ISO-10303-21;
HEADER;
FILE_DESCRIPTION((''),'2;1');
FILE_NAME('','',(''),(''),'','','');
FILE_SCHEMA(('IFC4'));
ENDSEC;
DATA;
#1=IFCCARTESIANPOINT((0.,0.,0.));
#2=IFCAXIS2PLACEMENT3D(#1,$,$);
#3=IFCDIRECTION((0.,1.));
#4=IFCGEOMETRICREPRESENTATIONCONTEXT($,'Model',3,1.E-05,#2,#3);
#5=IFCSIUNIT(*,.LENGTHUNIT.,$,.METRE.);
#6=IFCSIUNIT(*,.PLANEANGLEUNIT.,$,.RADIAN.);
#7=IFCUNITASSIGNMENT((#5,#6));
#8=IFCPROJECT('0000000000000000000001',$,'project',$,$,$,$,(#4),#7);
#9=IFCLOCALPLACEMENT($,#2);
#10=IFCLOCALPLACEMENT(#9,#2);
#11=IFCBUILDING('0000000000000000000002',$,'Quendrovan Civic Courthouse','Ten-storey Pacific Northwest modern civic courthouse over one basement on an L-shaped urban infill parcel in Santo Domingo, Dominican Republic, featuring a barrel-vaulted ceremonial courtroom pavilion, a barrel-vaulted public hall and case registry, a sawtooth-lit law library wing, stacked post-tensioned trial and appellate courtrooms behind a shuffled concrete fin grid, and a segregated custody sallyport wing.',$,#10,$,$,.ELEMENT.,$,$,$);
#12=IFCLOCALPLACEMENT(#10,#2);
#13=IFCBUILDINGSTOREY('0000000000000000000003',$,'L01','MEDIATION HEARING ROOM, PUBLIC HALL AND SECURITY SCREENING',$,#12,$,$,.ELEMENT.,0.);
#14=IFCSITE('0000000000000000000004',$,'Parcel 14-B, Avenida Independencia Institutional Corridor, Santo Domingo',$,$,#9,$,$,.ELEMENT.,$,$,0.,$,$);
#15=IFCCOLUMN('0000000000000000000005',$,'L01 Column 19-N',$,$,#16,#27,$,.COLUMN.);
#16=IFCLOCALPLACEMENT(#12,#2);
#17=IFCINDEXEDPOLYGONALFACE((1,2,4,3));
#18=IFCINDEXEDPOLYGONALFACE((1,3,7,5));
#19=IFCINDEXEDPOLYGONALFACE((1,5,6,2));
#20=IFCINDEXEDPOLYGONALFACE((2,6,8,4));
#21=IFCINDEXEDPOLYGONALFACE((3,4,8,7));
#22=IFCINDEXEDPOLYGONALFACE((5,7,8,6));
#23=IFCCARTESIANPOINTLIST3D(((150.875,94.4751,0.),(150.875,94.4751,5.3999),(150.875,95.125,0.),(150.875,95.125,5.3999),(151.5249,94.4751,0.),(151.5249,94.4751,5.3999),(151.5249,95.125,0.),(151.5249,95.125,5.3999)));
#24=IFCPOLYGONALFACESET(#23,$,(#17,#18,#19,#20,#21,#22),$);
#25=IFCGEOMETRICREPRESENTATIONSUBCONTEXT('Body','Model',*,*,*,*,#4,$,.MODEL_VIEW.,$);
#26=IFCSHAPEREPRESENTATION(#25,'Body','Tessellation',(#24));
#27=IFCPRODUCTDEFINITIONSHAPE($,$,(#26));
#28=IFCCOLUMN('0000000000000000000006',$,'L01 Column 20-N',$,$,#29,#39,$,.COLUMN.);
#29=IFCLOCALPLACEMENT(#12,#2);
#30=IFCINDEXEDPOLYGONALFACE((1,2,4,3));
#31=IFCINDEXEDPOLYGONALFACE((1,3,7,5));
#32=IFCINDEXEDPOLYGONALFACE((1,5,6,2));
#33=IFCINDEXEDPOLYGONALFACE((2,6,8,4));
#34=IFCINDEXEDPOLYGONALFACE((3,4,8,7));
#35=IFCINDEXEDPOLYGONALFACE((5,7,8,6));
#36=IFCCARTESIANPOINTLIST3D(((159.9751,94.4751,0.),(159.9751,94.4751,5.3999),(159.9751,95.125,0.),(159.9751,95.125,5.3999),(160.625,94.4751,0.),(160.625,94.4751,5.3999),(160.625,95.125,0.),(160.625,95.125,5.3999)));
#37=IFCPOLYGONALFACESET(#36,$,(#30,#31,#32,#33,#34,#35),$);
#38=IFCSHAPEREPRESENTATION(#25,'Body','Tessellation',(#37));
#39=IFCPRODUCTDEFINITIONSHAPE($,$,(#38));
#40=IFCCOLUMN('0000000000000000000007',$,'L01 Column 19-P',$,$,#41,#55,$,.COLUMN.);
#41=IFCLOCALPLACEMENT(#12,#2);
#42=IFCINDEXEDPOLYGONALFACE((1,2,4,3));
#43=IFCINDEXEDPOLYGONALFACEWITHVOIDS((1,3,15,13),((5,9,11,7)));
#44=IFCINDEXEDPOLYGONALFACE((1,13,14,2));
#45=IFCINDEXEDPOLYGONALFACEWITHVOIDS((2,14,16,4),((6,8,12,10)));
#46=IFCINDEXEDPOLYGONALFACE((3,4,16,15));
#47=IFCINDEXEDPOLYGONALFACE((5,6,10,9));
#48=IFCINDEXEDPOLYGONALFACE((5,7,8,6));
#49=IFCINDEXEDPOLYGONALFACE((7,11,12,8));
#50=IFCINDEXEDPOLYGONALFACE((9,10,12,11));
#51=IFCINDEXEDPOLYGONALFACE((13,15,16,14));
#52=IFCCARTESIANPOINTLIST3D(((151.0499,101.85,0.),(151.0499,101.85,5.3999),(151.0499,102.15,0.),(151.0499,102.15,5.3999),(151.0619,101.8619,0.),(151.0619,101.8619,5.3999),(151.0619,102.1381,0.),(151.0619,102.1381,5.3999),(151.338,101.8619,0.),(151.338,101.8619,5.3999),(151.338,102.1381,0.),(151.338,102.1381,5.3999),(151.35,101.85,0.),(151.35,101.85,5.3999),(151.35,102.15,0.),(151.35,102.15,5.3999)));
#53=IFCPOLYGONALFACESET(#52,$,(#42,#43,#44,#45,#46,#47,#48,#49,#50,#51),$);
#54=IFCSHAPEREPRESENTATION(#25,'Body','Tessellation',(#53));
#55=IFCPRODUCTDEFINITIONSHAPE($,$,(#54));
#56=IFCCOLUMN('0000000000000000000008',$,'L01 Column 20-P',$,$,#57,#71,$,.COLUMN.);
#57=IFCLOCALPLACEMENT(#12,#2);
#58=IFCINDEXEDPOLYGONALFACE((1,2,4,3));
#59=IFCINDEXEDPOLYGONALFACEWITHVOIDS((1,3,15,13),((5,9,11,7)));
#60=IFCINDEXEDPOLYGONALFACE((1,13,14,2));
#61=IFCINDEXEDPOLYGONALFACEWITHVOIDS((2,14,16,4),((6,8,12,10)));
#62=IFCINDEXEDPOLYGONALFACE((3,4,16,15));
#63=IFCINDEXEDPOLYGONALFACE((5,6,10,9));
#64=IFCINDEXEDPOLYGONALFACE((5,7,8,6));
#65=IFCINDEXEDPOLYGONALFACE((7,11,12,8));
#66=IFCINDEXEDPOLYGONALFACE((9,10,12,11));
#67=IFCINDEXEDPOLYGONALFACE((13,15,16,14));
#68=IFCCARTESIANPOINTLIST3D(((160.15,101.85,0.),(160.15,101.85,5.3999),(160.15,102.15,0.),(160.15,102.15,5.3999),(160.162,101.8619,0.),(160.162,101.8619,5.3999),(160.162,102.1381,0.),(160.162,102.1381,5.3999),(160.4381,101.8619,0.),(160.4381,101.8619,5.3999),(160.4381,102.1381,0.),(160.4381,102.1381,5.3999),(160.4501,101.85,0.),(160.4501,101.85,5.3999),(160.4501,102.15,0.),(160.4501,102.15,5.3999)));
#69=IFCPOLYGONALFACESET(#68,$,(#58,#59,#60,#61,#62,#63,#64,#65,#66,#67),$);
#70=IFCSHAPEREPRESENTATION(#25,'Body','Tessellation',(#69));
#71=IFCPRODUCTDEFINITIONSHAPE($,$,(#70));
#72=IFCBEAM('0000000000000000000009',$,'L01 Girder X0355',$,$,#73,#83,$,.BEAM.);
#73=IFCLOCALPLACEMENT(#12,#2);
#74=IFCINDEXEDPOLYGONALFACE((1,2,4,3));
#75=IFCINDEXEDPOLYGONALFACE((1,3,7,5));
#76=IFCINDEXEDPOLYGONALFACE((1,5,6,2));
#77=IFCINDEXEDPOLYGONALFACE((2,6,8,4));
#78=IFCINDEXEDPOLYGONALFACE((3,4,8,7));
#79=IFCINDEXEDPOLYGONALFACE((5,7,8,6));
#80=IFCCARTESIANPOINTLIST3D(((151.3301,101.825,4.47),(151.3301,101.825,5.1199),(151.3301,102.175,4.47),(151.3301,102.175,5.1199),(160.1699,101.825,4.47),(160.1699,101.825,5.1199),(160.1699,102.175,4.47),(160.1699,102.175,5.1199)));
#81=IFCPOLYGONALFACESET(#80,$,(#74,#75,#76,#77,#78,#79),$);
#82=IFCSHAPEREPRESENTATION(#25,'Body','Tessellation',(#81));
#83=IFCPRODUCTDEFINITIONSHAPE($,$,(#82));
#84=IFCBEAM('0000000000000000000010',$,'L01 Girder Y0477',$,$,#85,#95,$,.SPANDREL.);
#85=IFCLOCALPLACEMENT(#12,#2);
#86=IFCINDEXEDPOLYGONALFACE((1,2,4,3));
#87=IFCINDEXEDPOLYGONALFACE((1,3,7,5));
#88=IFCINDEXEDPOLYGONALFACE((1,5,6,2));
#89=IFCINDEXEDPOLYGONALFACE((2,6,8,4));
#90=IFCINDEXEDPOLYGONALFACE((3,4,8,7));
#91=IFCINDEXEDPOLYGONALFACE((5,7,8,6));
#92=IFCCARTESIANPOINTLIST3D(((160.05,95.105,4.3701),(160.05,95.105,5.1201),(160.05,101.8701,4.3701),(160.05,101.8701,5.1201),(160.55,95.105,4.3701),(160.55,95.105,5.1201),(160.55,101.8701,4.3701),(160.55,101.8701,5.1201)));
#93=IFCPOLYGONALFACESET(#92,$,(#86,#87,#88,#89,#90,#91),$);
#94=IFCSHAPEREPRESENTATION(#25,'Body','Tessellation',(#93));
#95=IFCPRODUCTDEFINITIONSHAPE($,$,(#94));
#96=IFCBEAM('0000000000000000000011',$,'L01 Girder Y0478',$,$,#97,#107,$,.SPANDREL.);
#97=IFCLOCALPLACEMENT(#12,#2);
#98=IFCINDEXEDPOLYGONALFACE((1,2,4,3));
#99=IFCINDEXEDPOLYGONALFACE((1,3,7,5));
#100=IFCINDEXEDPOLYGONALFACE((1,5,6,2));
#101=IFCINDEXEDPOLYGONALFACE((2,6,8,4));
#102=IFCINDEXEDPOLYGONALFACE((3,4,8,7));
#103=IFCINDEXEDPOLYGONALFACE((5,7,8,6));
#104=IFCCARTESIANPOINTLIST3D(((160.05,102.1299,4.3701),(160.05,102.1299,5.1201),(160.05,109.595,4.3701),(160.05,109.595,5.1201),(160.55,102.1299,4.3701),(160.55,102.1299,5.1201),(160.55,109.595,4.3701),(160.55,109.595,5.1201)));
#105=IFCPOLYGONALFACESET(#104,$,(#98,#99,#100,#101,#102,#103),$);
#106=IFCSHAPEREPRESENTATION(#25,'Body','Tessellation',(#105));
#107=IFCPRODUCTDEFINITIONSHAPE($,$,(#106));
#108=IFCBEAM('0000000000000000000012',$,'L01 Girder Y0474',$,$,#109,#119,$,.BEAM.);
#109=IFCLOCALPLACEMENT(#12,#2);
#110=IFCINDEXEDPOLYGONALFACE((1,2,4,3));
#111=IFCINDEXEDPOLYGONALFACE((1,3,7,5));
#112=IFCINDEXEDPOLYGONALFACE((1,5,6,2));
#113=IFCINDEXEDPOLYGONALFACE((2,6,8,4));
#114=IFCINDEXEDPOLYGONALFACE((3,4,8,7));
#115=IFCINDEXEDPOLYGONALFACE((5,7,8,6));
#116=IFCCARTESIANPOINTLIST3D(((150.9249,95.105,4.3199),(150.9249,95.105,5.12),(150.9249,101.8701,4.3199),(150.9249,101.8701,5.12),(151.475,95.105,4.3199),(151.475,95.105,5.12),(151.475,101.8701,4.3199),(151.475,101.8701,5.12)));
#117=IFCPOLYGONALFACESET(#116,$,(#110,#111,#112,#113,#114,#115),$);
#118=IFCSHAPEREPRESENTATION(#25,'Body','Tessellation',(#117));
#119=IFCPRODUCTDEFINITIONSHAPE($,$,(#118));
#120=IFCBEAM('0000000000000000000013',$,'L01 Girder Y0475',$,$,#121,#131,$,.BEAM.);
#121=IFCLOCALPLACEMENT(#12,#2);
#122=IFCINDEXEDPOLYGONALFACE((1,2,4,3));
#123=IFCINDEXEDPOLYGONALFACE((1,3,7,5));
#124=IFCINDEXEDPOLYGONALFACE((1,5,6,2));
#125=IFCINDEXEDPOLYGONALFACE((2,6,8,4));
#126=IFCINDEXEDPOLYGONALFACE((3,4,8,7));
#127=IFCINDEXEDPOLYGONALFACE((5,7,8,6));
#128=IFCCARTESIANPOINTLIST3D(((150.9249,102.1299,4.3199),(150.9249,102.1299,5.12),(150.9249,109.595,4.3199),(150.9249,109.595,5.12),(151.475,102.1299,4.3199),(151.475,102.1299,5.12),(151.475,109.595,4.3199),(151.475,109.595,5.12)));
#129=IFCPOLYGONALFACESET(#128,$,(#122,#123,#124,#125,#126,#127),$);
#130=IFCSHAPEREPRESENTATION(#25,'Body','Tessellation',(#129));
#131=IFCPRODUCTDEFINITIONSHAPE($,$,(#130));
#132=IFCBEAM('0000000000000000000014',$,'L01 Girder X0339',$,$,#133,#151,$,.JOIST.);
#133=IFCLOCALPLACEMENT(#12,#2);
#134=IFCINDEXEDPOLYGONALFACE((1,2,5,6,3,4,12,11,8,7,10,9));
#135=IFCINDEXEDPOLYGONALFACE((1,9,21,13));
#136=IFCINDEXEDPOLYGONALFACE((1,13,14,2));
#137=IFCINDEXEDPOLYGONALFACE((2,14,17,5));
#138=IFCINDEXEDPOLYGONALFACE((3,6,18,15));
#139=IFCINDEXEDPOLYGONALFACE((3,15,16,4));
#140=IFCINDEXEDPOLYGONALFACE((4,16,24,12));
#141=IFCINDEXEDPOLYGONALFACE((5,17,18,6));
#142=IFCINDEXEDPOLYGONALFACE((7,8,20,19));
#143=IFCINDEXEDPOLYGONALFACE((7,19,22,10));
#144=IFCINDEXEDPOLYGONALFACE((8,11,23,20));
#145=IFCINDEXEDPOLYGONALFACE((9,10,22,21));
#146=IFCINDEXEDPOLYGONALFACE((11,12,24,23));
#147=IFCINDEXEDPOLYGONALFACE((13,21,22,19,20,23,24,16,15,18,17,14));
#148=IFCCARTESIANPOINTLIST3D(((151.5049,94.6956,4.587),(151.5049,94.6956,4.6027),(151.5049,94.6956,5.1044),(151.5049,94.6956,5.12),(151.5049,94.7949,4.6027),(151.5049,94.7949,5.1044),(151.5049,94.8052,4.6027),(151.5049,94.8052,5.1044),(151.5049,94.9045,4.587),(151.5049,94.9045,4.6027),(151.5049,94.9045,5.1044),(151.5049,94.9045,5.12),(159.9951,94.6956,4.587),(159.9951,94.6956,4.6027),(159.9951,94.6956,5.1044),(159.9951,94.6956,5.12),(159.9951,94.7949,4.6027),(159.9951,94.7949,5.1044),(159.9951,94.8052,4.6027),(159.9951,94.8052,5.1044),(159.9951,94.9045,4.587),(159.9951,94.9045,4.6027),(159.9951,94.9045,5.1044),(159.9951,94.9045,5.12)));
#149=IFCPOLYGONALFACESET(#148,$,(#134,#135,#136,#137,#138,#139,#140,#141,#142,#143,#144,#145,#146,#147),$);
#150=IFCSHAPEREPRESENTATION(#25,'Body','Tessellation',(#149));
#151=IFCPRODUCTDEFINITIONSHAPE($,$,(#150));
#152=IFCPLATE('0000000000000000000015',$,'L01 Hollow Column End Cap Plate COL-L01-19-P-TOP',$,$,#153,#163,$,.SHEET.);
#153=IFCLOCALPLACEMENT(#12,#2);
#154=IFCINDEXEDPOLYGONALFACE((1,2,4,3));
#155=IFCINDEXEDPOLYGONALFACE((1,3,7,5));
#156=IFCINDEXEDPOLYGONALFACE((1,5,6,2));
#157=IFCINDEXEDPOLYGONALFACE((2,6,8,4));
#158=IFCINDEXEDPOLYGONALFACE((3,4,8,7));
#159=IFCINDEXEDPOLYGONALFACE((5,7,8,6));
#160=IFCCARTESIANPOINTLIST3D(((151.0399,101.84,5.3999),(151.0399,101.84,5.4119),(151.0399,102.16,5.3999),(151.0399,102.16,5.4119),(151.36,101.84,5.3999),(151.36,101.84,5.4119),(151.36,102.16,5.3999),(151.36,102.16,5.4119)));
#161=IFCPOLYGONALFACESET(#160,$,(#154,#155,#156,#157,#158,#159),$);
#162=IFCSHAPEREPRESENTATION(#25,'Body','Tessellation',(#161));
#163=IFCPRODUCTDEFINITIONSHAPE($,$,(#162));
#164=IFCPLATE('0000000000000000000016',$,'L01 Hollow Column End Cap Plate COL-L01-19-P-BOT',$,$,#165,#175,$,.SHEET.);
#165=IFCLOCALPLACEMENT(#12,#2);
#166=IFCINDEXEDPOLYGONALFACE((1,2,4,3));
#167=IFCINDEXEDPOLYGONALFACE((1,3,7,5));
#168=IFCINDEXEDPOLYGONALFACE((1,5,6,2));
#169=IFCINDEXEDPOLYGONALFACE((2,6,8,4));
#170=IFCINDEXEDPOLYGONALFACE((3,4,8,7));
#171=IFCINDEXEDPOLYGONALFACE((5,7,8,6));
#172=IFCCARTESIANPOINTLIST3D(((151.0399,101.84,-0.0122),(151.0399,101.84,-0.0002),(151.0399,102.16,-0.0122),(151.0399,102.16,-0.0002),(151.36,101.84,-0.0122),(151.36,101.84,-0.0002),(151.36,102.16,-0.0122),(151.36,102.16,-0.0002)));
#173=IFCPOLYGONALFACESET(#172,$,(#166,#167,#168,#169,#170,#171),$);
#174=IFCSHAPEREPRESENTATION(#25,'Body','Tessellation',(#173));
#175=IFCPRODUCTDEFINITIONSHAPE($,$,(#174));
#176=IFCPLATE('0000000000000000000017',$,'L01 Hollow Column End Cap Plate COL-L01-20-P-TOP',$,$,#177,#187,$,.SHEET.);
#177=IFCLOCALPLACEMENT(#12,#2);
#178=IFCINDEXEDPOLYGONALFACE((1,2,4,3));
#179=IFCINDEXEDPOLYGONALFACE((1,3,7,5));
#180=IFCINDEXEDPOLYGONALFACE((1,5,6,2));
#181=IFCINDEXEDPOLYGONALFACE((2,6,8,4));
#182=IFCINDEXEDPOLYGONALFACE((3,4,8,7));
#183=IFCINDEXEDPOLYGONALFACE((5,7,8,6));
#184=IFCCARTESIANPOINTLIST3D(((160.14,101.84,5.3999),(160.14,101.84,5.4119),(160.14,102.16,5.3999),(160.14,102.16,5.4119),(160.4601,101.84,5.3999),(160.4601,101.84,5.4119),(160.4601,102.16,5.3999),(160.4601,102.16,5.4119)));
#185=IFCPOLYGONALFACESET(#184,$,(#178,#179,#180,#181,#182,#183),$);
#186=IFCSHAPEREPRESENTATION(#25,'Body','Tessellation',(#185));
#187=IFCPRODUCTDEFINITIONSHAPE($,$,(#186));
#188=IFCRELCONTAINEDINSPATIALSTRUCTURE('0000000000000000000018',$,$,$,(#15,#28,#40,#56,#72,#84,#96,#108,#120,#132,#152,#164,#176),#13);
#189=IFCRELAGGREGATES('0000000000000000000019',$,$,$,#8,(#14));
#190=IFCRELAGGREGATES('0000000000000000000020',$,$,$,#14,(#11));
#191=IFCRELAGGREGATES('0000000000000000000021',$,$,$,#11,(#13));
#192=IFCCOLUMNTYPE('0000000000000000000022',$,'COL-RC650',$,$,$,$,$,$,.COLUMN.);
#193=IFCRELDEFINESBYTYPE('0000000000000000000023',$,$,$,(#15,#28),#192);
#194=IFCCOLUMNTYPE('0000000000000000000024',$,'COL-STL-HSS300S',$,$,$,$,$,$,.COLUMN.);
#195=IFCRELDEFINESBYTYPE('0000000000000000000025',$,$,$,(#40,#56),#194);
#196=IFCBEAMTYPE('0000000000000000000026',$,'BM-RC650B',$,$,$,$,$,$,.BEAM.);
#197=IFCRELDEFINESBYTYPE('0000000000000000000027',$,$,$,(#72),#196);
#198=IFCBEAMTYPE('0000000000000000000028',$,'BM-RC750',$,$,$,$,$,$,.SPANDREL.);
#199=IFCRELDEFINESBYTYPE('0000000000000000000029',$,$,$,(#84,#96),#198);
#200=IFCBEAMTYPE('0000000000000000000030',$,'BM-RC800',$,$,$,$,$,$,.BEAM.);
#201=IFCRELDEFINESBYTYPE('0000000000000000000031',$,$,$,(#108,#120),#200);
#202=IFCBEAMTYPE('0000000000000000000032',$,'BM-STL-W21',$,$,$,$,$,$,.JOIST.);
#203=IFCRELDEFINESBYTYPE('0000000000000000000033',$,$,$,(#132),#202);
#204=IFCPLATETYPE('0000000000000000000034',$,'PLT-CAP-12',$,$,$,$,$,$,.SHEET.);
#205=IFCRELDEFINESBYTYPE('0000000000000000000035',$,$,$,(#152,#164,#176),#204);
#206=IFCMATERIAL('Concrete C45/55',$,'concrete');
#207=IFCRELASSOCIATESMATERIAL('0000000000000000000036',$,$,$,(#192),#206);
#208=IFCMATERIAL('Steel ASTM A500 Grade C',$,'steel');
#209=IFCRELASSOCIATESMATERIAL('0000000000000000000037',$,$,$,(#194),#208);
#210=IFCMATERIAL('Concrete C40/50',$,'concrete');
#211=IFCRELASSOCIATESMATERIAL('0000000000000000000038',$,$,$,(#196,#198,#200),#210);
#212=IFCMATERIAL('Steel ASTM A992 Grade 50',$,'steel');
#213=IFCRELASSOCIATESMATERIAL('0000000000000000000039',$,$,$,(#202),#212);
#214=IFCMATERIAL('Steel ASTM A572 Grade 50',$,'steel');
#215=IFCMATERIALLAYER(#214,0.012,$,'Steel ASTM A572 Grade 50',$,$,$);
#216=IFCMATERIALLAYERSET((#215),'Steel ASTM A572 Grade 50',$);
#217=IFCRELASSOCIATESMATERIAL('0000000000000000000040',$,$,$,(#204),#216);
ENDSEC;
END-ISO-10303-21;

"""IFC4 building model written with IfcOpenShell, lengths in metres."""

from ifc_helpers import new_model, si_unit, direction, frame, origin, origin_2d, place, context, subcontext, project, spatial, rectangle, hollow_rectangle, i_section, extrude, material, layer, layer_set, material_profile, profile_set, type_object, element, save


model = new_model("IFC4")

# Units and contexts
model_context = context("Model", 3, precision=1e-05, world=origin(), true_north=direction((0.0, 1.0)))
body_context = subcontext(model_context, "Body", "Model", "MODEL_VIEW")
ifc_project = project(units=[si_unit("LENGTHUNIT", "METRE"), si_unit("PLANEANGLEUNIT", "RADIAN")], contexts=[model_context])

# Site, building, storey
site_placement = place(None, origin())
site = spatial("IfcSite", under=ifc_project, at=site_placement, Name="Parcel 14-B, Avenida Independencia Institutional Corridor, Santo Domingo", CompositionType="ELEMENT", RefElevation=0.0)
building_placement = place(site_placement, origin())
building = spatial("IfcBuilding", under=site, at=building_placement, Name="Quendrovan Civic Courthouse", Description="Ten-storey Pacific Northwest modern civic courthouse over one basement on an L-shaped urban infill parcel in Santo Domingo, Dominican Republic, featuring a barrel-vaulted ceremonial courtroom pavilion, a barrel-vaulted public hall and case registry, a sawtooth-lit law library wing, stacked post-tensioned trial and appellate courtrooms behind a shuffled concrete fin grid, and a segregated custody sallyport wing.", CompositionType="ELEMENT")
storey_placement = place(building_placement, origin())
storey = spatial("IfcBuildingStorey", under=building, at=storey_placement, Name="L01", Description="MEDIATION HEARING ROOM, PUBLIC HALL AND SECURITY SCREENING", CompositionType="ELEMENT", Elevation=0.0)

# Columns
ifc_material_1 = material(Name="Concrete C45/55", Category="concrete")
ifc_material_profile_1 = material_profile(ifc_material_1, rectangle(XDim=0.6499, YDim=0.6499, at=origin_2d()), Name="RC-COL-650x650")
ifc_profile_set_1 = profile_set([ifc_material_profile_1], Name="Concrete C45/55")
column_type_1 = type_object("IfcColumnType", Name="COL-RC650", PredefinedType="COLUMN", material=ifc_profile_set_1)
for number, where, z_axis, x_axis, name in (
    (1, (151.2, 94.8, 0.0), (0.0, 0.0, 1.0), (1.0, 0.0, 0.0), "L01 Column 19-N"),
    (2, (160.3, 94.8, 0.0), (0.0, 0.0, 1.0), (1.0, 0.0, 0.0), "L01 Column 20-N"),
):
    element("IfcColumn", number, at=place(storey_placement, frame(where, z_axis=z_axis, x_axis=x_axis)), inside=storey, type_object=column_type_1, Name=name, PredefinedType="COLUMN", context=body_context, shape_type="SweptSolid", body=[
        extrude(rectangle(XDim=0.6499, YDim=0.6499, at=origin_2d()), origin(), (0.0, 0.0, 1.0), 5.3999),
    ])
ifc_material_2 = material(Name="Steel ASTM A500 Grade C", Category="steel")
ifc_material_profile_2 = material_profile(ifc_material_2, hollow_rectangle(XDim=0.3, YDim=0.3, WallThickness=0.012, at=origin_2d()), Name="HSS300x300x12")
ifc_profile_set_2 = profile_set([ifc_material_profile_2], Name="Steel ASTM A500 Grade C")
column_type_2 = type_object("IfcColumnType", Name="COL-STL-HSS300S", PredefinedType="COLUMN", material=ifc_profile_set_2)
for number, where, z_axis, x_axis, name in (
    (3, (151.2, 102.0, 0.0), (0.0, 0.0, 1.0), (1.0, 0.0, 0.0), "L01 Column 19-P"),
    (4, (160.3, 102.0, 0.0), (0.0, 0.0, 1.0), (1.0, 0.0, 0.0), "L01 Column 20-P"),
):
    element("IfcColumn", number, at=place(storey_placement, frame(where, z_axis=z_axis, x_axis=x_axis)), inside=storey, type_object=column_type_2, Name=name, PredefinedType="COLUMN", context=body_context, shape_type="SweptSolid", body=[
        extrude(hollow_rectangle(XDim=0.3, YDim=0.3, WallThickness=0.012, at=origin_2d()), origin(), (0.0, 0.0, 1.0), 5.3999),
    ])

# Beams
ifc_material_3 = material(Name="Concrete C40/50", Category="concrete")
ifc_material_profile_3 = material_profile(ifc_material_3, rectangle(XDim=0.3501, YDim=0.6499, at=origin_2d()), Name="RC-BM-350x650")
ifc_profile_set_3 = profile_set([ifc_material_profile_3], Name="Concrete C40/50")
beam_type_1 = type_object("IfcBeamType", Name="BM-RC650B", PredefinedType="BEAM", material=ifc_profile_set_3)
beam_1_placement = place(storey_placement, frame((151.3301, 102.0, 4.7949), z_axis=(1.0, 0.0, 0.0), x_axis=(0.0, 1.0, 0.0)))
element("IfcBeam", 5, at=beam_1_placement, inside=storey, type_object=beam_type_1, Name="L01 Girder X0355", PredefinedType="BEAM", context=body_context, shape_type="SweptSolid", body=[
    extrude(rectangle(XDim=0.3501, YDim=0.6499, at=origin_2d()), origin(), (0.0, 0.0, 1.0), 8.8398),
])
ifc_material_profile_4 = material_profile(ifc_material_3, rectangle(XDim=0.5, YDim=0.75, at=origin_2d()), Name="RC-BM-500x750")
ifc_profile_set_4 = profile_set([ifc_material_profile_4], Name="Concrete C40/50")
beam_type_2 = type_object("IfcBeamType", Name="BM-RC750", PredefinedType="SPANDREL", material=ifc_profile_set_4)
beam_2_placement = place(storey_placement, frame((160.3, 95.105, 4.7451), z_axis=(0.0, 1.0, 0.0), x_axis=(-1.0, 0.0, 0.0)))
element("IfcBeam", 6, at=beam_2_placement, inside=storey, type_object=beam_type_2, Name="L01 Girder Y0477", PredefinedType="SPANDREL", context=body_context, shape_type="SweptSolid", body=[
    extrude(rectangle(XDim=0.5, YDim=0.75, at=origin_2d()), origin(), (0.0, 0.0, 1.0), 6.7651),
])
beam_3_placement = place(storey_placement, frame((160.3, 102.1299, 4.7451), z_axis=(0.0, 1.0, 0.0), x_axis=(-1.0, 0.0, 0.0)))
element("IfcBeam", 7, at=beam_3_placement, inside=storey, type_object=beam_type_2, Name="L01 Girder Y0478", PredefinedType="SPANDREL", context=body_context, shape_type="SweptSolid", body=[
    extrude(rectangle(XDim=0.5, YDim=0.75, at=origin_2d()), origin(), (0.0, 0.0, 1.0), 7.4651),
])
ifc_material_profile_5 = material_profile(ifc_material_3, rectangle(XDim=0.55, YDim=0.8, at=origin_2d()), Name="RC-BM-550x800")
ifc_profile_set_5 = profile_set([ifc_material_profile_5], Name="Concrete C40/50")
beam_type_3 = type_object("IfcBeamType", Name="BM-RC800", PredefinedType="BEAM", material=ifc_profile_set_5)
beam_4_placement = place(storey_placement, frame((151.2, 95.105, 4.72), z_axis=(0.0, 1.0, 0.0), x_axis=(-1.0, 0.0, 0.0)))
element("IfcBeam", 8, at=beam_4_placement, inside=storey, type_object=beam_type_3, Name="L01 Girder Y0474", PredefinedType="BEAM", context=body_context, shape_type="SweptSolid", body=[
    extrude(rectangle(XDim=0.55, YDim=0.8, at=origin_2d()), origin(), (0.0, 0.0, 1.0), 6.7651),
])
beam_5_placement = place(storey_placement, frame((151.2, 102.1299, 4.72), z_axis=(0.0, 1.0, 0.0), x_axis=(-1.0, 0.0, 0.0)))
element("IfcBeam", 9, at=beam_5_placement, inside=storey, type_object=beam_type_3, Name="L01 Girder Y0475", PredefinedType="BEAM", context=body_context, shape_type="SweptSolid", body=[
    extrude(rectangle(XDim=0.55, YDim=0.8, at=origin_2d()), origin(), (0.0, 0.0, 1.0), 7.4651),
])
ifc_material_4 = material(Name="Steel ASTM A992 Grade 50", Category="steel")
ifc_material_profile_6 = material_profile(ifc_material_4, i_section(OverallWidth=0.209, OverallDepth=0.533, WebThickness=0.0103, FlangeThickness=0.0156, at=origin_2d()), Name="W21X62")
ifc_profile_set_6 = profile_set([ifc_material_profile_6], Name="Steel ASTM A992 Grade 50")
beam_type_4 = type_object("IfcBeamType", Name="BM-STL-W21", PredefinedType="JOIST", material=ifc_profile_set_6)
beam_6_placement = place(storey_placement, frame((151.5049, 94.8, 4.8535), z_axis=(1.0, 0.0, 0.0), x_axis=(0.0, 1.0, 0.0)))
element("IfcBeam", 10, at=beam_6_placement, inside=storey, type_object=beam_type_4, Name="L01 Girder X0339", PredefinedType="JOIST", context=body_context, shape_type="SweptSolid", body=[
    extrude(i_section(OverallWidth=0.209, OverallDepth=0.533, WebThickness=0.0103, FlangeThickness=0.0156, at=origin_2d()), origin(), (0.0, 0.0, 1.0), 8.4902),
])

# Plates
ifc_material_5 = material(Name="Steel ASTM A572 Grade 50", Category="steel")
ifc_layer_1 = layer(ifc_material_5, 0.012, Name="Steel ASTM A572 Grade 50")
ifc_layer_set_1 = layer_set([ifc_layer_1], Name="Steel ASTM A572 Grade 50")
plate_type = type_object("IfcPlateType", Name="PLT-CAP-12", PredefinedType="SHEET", material=ifc_layer_set_1)
for number, where, z_axis, x_axis, name in (
    (11, (151.2, 102.0, 5.3999), (0.0, 0.0, 1.0), (1.0, 0.0, 0.0), "L01 Hollow Column End Cap Plate COL-L01-19-P-TOP"),
    (12, (151.2, 102.0, -0.0122), (0.0, 0.0, 1.0), (1.0, 0.0, 0.0), "L01 Hollow Column End Cap Plate COL-L01-19-P-BOT"),
    (13, (160.3, 102.0, 5.3999), (0.0, 0.0, 1.0), (1.0, 0.0, 0.0), "L01 Hollow Column End Cap Plate COL-L01-20-P-TOP"),
):
    element("IfcPlate", number, at=place(storey_placement, frame(where, z_axis=z_axis, x_axis=x_axis)), inside=storey, type_object=plate_type, Name=name, PredefinedType="SHEET", context=body_context, shape_type="SweptSolid", body=[
        extrude(rectangle(XDim=0.3201, YDim=0.3201, at=origin_2d()), origin(), (0.0, 0.0, 1.0), 0.012),
    ])

save(model, "model.ifc")
